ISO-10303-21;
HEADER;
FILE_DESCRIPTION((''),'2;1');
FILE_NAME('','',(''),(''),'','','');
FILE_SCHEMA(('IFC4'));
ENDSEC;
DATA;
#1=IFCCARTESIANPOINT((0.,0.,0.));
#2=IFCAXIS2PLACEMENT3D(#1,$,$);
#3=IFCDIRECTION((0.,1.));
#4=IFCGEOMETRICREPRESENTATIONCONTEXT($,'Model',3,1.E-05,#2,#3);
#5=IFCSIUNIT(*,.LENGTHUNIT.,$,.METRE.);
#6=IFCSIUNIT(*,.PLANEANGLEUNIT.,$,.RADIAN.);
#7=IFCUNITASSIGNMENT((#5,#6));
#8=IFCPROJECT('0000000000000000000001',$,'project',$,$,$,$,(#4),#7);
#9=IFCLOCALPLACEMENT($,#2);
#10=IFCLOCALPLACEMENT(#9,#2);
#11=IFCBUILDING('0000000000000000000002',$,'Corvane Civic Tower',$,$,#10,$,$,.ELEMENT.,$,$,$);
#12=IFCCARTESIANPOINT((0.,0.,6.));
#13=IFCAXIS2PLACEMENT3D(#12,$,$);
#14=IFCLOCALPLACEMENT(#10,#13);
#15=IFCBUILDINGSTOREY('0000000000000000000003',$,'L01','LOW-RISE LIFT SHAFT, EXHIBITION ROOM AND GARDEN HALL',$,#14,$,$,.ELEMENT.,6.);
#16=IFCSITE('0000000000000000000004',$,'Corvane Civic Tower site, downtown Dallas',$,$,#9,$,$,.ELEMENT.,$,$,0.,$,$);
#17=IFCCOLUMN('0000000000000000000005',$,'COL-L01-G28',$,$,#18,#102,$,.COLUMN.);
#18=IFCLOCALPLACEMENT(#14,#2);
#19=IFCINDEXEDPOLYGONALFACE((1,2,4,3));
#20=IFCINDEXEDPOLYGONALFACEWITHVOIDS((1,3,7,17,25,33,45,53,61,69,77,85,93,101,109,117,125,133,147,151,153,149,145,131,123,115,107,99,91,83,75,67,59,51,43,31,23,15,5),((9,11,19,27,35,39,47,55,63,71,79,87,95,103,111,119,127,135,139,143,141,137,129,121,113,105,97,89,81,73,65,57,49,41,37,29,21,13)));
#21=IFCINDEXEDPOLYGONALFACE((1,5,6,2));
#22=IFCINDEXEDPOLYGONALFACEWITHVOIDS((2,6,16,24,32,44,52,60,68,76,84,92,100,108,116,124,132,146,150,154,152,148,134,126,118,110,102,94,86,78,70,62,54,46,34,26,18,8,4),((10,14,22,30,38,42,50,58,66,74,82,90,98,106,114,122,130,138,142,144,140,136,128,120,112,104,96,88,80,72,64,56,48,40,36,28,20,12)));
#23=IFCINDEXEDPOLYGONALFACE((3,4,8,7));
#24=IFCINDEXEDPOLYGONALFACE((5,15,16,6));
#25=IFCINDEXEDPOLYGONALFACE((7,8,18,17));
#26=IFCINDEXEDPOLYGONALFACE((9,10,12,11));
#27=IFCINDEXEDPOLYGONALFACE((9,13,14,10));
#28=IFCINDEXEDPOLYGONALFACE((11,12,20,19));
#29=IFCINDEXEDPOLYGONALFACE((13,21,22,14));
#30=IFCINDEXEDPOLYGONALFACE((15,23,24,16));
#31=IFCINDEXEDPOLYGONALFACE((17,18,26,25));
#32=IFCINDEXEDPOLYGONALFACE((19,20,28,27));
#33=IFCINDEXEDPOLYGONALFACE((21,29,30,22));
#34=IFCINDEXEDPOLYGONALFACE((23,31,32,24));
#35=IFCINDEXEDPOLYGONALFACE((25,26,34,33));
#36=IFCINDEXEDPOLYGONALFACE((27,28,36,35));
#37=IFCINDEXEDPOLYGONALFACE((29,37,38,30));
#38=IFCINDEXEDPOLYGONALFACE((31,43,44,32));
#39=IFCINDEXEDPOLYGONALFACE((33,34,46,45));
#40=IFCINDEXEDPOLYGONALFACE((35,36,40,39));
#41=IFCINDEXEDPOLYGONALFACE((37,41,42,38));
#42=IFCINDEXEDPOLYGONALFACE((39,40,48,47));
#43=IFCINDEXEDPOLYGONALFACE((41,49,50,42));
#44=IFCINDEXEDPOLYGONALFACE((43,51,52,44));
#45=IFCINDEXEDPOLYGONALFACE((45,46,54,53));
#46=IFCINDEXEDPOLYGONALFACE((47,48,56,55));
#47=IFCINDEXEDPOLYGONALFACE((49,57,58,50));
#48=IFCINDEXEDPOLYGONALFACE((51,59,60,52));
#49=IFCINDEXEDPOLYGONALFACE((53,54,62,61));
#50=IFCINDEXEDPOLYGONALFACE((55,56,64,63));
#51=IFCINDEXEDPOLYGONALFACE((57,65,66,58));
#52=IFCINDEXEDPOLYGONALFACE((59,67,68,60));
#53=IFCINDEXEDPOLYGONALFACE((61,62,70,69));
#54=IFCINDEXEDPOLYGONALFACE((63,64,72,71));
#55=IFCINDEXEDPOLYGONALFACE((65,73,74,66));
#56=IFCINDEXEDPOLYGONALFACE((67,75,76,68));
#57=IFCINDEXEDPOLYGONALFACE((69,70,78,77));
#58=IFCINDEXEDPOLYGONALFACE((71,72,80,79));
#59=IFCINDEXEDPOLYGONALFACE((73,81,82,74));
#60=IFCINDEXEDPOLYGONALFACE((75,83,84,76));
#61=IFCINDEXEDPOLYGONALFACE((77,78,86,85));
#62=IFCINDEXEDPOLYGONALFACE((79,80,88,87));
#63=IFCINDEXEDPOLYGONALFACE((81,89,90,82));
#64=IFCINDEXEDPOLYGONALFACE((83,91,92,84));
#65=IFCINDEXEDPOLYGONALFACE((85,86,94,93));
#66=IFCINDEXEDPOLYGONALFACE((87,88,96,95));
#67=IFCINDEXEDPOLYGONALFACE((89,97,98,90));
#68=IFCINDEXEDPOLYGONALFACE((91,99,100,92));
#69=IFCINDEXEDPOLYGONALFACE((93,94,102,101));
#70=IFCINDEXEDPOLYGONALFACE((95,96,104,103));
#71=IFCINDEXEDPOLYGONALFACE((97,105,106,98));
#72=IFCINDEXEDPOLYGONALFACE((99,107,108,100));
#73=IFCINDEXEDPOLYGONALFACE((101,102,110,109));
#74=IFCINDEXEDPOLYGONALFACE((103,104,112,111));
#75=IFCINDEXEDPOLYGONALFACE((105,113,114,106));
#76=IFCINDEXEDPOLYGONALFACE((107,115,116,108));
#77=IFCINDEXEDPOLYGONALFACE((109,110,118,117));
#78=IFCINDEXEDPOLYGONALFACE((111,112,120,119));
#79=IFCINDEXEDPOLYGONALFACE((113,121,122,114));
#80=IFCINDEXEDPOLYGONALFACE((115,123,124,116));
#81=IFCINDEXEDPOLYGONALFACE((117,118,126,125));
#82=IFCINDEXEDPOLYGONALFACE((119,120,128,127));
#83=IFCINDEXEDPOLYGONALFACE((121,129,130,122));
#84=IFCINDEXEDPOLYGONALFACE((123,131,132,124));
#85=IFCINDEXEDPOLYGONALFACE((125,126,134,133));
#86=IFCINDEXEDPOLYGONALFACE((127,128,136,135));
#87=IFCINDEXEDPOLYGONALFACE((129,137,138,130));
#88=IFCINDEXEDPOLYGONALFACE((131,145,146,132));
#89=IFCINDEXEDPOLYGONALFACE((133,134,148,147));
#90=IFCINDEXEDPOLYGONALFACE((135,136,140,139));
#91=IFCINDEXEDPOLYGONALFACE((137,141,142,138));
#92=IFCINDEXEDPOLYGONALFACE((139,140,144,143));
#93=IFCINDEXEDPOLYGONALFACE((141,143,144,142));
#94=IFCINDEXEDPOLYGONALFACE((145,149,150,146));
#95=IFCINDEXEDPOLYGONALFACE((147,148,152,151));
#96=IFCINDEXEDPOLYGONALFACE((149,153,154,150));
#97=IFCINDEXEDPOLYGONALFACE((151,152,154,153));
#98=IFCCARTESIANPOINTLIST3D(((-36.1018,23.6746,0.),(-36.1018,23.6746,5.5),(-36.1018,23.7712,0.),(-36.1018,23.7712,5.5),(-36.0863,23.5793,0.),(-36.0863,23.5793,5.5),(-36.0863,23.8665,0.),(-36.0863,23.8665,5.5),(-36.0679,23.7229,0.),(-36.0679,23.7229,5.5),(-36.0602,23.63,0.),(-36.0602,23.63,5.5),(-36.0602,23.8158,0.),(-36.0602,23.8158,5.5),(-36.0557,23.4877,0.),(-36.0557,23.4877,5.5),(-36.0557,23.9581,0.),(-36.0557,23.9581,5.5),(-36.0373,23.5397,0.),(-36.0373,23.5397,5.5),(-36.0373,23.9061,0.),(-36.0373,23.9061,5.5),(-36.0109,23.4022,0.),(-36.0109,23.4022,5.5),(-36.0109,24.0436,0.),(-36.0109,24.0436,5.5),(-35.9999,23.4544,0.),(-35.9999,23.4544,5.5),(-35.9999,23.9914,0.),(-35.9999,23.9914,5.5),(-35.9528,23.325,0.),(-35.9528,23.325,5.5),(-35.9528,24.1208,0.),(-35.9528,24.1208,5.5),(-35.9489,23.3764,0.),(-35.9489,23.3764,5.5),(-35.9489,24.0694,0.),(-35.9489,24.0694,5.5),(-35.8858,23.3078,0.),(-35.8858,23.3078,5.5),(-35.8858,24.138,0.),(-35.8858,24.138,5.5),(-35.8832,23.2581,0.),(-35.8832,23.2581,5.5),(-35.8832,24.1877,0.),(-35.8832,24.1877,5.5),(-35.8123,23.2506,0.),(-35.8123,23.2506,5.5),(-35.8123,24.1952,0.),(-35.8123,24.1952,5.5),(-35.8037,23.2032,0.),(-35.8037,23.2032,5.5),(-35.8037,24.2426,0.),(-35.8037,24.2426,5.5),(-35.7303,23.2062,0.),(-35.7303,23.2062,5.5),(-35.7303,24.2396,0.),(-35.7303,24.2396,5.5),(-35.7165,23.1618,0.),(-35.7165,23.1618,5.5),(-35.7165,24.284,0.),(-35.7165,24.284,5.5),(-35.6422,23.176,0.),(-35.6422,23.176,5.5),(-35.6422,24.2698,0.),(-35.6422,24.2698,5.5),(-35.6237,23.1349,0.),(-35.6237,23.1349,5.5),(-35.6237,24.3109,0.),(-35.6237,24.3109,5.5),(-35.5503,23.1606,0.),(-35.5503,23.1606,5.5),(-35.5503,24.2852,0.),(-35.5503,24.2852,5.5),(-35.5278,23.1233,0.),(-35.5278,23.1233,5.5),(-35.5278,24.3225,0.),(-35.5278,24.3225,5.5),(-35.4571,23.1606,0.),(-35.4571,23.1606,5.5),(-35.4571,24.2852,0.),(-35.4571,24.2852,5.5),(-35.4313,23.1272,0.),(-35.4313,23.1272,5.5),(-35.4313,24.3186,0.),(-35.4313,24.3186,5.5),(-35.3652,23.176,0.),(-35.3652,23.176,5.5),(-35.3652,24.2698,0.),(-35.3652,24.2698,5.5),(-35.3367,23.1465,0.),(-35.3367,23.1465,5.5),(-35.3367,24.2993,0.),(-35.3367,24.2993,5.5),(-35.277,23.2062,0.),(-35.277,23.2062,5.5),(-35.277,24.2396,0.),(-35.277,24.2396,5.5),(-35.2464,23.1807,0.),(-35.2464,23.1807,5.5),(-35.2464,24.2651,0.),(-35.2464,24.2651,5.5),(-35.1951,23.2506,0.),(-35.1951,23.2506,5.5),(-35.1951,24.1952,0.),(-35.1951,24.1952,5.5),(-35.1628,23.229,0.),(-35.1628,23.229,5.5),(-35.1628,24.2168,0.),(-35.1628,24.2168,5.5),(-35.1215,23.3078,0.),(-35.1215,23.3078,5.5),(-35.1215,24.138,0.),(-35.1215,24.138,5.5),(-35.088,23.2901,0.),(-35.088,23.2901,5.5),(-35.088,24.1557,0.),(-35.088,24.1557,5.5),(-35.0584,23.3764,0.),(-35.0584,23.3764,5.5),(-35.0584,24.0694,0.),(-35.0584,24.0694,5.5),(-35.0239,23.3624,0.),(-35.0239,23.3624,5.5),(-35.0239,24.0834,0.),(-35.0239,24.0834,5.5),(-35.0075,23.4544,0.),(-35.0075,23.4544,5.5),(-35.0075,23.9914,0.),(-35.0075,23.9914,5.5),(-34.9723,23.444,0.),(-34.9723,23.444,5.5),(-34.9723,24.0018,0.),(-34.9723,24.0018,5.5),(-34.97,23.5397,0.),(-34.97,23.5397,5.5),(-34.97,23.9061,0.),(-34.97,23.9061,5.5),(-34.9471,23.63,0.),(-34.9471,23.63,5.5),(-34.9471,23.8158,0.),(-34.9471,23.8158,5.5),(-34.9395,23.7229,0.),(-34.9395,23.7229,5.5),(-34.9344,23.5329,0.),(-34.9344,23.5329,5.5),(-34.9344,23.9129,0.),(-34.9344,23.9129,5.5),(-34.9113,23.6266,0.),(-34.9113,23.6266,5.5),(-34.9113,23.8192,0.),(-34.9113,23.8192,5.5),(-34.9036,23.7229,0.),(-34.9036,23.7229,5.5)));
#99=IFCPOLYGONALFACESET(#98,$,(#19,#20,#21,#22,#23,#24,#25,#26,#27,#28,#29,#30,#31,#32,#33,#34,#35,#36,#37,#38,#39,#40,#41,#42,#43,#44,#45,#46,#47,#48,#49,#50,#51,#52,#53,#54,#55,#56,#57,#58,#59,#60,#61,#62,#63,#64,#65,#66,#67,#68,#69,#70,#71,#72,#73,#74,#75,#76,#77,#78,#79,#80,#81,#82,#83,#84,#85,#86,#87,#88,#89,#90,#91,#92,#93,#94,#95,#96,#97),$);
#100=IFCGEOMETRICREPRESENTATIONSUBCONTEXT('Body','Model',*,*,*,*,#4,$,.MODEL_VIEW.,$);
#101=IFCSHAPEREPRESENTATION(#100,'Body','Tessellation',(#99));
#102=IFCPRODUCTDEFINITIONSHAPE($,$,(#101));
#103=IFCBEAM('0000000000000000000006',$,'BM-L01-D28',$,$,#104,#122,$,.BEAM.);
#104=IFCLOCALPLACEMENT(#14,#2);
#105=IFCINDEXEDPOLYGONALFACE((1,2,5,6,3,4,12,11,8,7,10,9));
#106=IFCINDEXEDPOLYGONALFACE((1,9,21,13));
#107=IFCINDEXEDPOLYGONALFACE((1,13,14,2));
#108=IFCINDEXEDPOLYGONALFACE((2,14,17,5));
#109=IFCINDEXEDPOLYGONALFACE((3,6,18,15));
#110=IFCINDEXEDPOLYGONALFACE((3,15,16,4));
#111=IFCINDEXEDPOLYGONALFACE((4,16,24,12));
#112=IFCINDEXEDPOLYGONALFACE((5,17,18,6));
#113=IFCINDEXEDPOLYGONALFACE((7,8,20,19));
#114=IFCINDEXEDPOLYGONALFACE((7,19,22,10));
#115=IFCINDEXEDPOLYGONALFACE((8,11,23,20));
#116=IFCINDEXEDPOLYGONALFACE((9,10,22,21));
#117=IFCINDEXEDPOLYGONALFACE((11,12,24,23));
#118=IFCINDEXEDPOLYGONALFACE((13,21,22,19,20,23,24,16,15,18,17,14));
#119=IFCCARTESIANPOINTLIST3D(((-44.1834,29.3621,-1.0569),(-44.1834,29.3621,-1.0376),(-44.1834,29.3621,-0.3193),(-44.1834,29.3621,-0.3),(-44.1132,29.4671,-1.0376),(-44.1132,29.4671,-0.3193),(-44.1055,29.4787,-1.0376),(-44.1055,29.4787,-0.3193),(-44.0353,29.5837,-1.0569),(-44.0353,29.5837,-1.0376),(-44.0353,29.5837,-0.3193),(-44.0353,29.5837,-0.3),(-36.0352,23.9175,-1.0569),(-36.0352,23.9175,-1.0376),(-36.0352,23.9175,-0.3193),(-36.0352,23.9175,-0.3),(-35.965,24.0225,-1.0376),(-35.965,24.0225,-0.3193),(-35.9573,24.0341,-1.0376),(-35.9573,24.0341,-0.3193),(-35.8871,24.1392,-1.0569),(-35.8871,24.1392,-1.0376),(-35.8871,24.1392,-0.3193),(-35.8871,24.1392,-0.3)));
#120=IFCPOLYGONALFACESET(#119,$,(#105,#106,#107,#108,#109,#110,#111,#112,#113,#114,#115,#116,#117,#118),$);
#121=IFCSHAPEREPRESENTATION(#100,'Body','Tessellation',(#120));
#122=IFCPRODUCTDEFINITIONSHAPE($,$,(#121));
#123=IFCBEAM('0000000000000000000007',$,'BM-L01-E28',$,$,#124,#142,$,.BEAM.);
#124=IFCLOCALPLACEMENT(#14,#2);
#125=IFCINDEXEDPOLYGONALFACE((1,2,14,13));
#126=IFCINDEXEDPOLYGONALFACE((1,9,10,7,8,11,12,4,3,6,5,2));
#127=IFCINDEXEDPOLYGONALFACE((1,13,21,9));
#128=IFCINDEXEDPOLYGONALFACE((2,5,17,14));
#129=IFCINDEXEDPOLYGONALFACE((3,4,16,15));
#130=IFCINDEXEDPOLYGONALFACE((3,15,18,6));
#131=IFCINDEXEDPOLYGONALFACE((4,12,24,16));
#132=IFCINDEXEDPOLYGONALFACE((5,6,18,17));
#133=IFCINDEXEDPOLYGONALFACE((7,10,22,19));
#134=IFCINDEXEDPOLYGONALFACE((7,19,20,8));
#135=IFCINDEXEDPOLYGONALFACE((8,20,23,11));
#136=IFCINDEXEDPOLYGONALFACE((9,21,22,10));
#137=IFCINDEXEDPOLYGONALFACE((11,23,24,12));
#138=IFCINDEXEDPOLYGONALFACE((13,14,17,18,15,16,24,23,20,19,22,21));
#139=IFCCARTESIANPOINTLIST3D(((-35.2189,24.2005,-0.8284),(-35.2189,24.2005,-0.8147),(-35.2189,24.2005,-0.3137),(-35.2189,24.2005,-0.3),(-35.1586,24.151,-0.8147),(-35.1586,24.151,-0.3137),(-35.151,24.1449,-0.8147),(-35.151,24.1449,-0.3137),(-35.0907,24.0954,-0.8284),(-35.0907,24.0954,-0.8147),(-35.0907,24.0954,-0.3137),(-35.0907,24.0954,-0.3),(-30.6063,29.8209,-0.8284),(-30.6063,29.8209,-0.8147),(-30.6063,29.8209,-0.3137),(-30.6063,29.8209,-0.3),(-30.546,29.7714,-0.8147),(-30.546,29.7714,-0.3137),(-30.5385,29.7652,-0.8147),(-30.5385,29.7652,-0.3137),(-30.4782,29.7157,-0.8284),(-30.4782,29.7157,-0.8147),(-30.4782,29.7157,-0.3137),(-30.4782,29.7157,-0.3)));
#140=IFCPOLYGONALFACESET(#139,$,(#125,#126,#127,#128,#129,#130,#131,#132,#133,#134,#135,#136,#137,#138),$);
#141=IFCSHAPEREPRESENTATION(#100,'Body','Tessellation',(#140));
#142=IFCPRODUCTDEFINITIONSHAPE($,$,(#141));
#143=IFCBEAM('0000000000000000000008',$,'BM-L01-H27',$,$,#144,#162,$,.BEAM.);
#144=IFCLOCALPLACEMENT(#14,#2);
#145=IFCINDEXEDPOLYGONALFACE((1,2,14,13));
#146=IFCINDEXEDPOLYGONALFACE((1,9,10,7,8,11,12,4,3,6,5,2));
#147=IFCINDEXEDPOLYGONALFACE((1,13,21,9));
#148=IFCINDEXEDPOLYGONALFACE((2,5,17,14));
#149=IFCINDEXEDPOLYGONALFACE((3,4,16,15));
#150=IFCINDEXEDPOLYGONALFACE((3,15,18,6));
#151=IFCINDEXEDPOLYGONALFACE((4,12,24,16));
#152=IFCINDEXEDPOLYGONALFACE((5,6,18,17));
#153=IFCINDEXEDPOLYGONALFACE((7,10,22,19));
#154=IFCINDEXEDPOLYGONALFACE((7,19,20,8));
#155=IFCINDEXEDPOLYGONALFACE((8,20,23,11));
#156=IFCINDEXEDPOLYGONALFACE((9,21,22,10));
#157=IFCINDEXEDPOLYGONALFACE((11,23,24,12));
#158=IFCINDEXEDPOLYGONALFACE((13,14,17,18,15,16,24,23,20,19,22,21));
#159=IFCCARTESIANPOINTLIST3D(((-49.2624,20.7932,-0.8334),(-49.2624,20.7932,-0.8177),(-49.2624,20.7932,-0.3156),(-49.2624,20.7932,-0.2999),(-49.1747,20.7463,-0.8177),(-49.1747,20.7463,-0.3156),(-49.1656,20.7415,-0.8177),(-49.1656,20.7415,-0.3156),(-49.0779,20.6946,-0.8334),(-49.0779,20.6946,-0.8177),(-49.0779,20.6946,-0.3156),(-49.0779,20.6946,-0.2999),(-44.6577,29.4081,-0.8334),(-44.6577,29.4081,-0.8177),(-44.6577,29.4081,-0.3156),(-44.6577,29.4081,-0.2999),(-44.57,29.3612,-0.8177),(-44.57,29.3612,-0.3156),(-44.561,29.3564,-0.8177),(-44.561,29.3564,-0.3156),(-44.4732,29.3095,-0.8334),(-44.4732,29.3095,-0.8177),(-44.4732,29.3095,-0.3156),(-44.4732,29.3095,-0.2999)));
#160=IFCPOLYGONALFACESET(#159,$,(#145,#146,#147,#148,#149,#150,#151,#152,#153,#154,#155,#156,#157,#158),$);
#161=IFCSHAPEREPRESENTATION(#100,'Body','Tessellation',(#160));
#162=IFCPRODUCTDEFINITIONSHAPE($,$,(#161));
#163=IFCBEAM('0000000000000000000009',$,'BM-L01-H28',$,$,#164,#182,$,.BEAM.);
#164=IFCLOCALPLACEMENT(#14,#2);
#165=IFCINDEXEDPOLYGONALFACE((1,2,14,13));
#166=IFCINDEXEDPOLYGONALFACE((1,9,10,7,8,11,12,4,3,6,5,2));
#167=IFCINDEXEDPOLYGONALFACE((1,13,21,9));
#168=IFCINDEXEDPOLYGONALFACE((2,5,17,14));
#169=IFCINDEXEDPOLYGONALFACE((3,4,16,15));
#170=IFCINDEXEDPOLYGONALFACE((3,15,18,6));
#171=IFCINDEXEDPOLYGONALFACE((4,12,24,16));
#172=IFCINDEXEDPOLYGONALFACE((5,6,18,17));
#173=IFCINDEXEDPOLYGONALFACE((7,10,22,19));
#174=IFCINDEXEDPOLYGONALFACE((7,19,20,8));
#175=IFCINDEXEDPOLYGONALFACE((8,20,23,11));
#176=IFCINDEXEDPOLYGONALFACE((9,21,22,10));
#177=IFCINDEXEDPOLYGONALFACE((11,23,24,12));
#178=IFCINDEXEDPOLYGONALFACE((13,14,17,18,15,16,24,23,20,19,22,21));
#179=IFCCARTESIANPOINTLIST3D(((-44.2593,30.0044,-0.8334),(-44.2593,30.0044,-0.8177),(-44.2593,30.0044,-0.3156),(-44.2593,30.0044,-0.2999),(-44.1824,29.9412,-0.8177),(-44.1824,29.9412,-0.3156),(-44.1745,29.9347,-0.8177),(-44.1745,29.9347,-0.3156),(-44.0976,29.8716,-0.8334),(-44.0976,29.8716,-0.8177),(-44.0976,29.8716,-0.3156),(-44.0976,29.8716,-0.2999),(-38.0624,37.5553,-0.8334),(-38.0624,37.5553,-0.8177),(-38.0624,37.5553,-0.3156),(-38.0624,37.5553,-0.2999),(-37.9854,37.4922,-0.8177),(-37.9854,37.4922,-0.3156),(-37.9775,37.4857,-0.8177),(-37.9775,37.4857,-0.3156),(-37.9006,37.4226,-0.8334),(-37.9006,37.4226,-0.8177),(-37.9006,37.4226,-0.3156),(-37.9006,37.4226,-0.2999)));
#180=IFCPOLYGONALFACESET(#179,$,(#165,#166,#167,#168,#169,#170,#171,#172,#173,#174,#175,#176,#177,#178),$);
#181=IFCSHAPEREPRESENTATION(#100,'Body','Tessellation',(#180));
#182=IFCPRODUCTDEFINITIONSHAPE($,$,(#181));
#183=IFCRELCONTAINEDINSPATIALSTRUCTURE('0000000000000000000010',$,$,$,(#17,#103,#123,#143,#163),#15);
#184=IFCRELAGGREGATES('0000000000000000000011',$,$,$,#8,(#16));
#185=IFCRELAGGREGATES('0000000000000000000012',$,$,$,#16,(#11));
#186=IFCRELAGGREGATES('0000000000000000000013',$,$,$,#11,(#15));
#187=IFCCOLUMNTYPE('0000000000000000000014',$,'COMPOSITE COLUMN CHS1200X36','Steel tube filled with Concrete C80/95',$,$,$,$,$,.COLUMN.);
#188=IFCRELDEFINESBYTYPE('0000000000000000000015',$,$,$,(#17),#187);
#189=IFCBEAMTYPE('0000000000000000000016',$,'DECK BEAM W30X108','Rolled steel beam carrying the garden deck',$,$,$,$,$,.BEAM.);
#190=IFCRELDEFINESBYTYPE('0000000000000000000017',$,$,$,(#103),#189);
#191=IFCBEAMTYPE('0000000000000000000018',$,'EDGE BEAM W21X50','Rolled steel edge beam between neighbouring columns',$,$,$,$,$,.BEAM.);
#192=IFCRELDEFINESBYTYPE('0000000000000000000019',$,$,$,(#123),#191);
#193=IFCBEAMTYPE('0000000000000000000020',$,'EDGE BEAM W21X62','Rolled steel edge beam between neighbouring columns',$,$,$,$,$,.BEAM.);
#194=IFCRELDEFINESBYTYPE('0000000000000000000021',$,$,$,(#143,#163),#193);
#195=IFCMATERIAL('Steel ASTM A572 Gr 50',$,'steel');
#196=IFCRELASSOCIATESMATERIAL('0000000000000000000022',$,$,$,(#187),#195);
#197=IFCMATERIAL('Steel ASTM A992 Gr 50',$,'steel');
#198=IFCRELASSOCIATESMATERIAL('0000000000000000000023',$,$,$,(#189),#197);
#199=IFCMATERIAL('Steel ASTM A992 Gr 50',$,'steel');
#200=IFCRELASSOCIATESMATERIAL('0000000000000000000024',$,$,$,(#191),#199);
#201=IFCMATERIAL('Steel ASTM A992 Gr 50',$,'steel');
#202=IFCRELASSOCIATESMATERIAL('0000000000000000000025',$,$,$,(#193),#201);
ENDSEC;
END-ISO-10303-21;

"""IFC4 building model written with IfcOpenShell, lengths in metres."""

from ifc_helpers import new_model, si_unit, direction, frame, origin, origin_2d, place, context, subcontext, project, spatial, hollow_circle, i_section, extrude, material, material_profile, profile_set, type_object, element, save


model = new_model("IFC4")

# Units and contexts
model_context = context("Model", 3, precision=1e-05, world=origin(), true_north=direction((0.0, 1.0)))
body_context = subcontext(model_context, "Body", "Model", "MODEL_VIEW")
ifc_project = project(units=[si_unit("LENGTHUNIT", "METRE"), si_unit("PLANEANGLEUNIT", "RADIAN")], contexts=[model_context])

# Site, building, storey
site_placement = place(None, origin())
site = spatial("IfcSite", under=ifc_project, at=site_placement, Name="Corvane Civic Tower site, downtown Dallas", CompositionType="ELEMENT", RefElevation=0.0)
building_placement = place(site_placement, origin())
building = spatial("IfcBuilding", under=site, at=building_placement, Name="Corvane Civic Tower", CompositionType="ELEMENT")
storey_placement = place(building_placement, frame((0.0, 0.0, 6.0)))
storey = spatial("IfcBuildingStorey", under=building, at=storey_placement, Name="L01", Description="LOW-RISE LIFT SHAFT, EXHIBITION ROOM AND GARDEN HALL", CompositionType="ELEMENT", Elevation=6.0)

# Column
ifc_material_1 = material(Name="Steel ASTM A572 Gr 50", Category="steel")
ifc_material_profile_1 = material_profile(ifc_material_1, hollow_circle(Radius=0.6001, WallThickness=0.0359, at=origin_2d()), Name="CHS1200X36")
ifc_profile_set_1 = profile_set([ifc_material_profile_1], Name="Steel ASTM A572 Gr 50")
column_type = type_object("IfcColumnType", Name="COMPOSITE COLUMN CHS1200X36", Description="Steel tube filled with Concrete C80/95", PredefinedType="COLUMN", material=ifc_profile_set_1)
column_placement = place(storey_placement, frame((-35.5037, 23.7229, 0.0), z_axis=(0.0, 0.0, 1.0), x_axis=(1.0, 0.0, 0.0)))
element("IfcColumn", 1, at=column_placement, inside=storey, type_object=column_type, Name="COL-L01-G28", PredefinedType="COLUMN", context=body_context, shape_type="SweptSolid", body=[
    extrude(hollow_circle(Radius=0.6001, WallThickness=0.0359, at=origin_2d()), origin(), (0.0, 0.0, 1.0), 5.5),
])

# Beams
ifc_material_2 = material(Name="Steel ASTM A992 Gr 50", Category="steel")
ifc_material_profile_2 = material_profile(ifc_material_2, i_section(OverallWidth=0.2666, OverallDepth=0.7568, WebThickness=0.0139, FlangeThickness=0.0193, at=origin_2d()), Name="W30X108")
ifc_profile_set_2 = profile_set([ifc_material_profile_2], Name="Steel ASTM A992 Gr 50")
beam_type_1 = type_object("IfcBeamType", Name="DECK BEAM W30X108", Description="Rolled steel beam carrying the garden deck", PredefinedType="BEAM", material=ifc_profile_set_2)
beam_1_placement = place(storey_placement, frame((-35.9612, 24.0283, -0.6785), z_axis=(-0.831463, 0.555579, 0.0), x_axis=(-0.555579, -0.831463, 0.0)))
element("IfcBeam", 2, at=beam_1_placement, inside=storey, type_object=beam_type_1, Name="BM-L01-D28", PredefinedType="BEAM", context=body_context, shape_type="SweptSolid", body=[
    extrude(i_section(OverallWidth=0.2666, OverallDepth=0.7568, WebThickness=0.0139, FlangeThickness=0.0193, at=origin_2d()), origin(), (0.0, 0.0, 1.0), 9.7998),
])
ifc_material_3 = material(Name="Steel ASTM A992 Gr 50", Category="steel")
ifc_material_profile_3 = material_profile(ifc_material_3, i_section(OverallWidth=0.1658, OverallDepth=0.5283, WebThickness=0.0098, FlangeThickness=0.0137, at=origin_2d()), Name="W21X50")
ifc_profile_set_3 = profile_set([ifc_material_profile_3], Name="Steel ASTM A992 Gr 50")
beam_type_2 = type_object("IfcBeamType", Name="EDGE BEAM W21X50", Description="Rolled steel edge beam between neighbouring columns", PredefinedType="BEAM", material=ifc_profile_set_3)
beam_2_placement = place(storey_placement, frame((-35.1548, 24.1479, -0.5642), z_axis=(0.634396, 0.773008, 0.0), x_axis=(-0.773008, 0.634396, 0.0)))
element("IfcBeam", 3, at=beam_2_placement, inside=storey, type_object=beam_type_2, Name="BM-L01-E28", PredefinedType="BEAM", context=body_context, shape_type="SweptSolid", body=[
    extrude(i_section(OverallWidth=0.1658, OverallDepth=0.5283, WebThickness=0.0098, FlangeThickness=0.0137, at=origin_2d()), origin(), (0.0, 0.0, 1.0), 7.2708),
])
ifc_material_4 = material(Name="Steel ASTM A992 Gr 50", Category="steel")
ifc_material_profile_4 = material_profile(ifc_material_4, i_section(OverallWidth=0.2092, OverallDepth=0.5334, WebThickness=0.0103, FlangeThickness=0.0156, at=origin_2d()), Name="W21X62")
ifc_profile_set_4 = profile_set([ifc_material_profile_4], Name="Steel ASTM A992 Gr 50")
beam_type_3 = type_object("IfcBeamType", Name="EDGE BEAM W21X62", Description="Rolled steel edge beam between neighbouring columns", PredefinedType="BEAM", material=ifc_profile_set_4)
for number, where, z_axis, x_axis, name in (
    (4, (-49.1702, 20.7439, -0.5667), (0.471391, 0.881924, 0.0), (-0.881924, 0.471391, 0.0), "BM-L01-H27"),
    (5, (-44.1785, 29.938, -0.5667), (0.634397, 0.773008, 0.0), (-0.773008, 0.634397, 0.0), "BM-L01-H28"),
):
    element("IfcBeam", number, at=place(storey_placement, frame(where, z_axis=z_axis, x_axis=x_axis)), inside=storey, type_object=beam_type_3, Name=name, PredefinedType="BEAM", context=body_context, shape_type="SweptSolid", body=[
        extrude(i_section(OverallWidth=0.2092, OverallDepth=0.5334, WebThickness=0.0103, FlangeThickness=0.0156, at=origin_2d()), origin(), (0.0, 0.0, 1.0), 9.7683),
    ])

save(model, "model.ifc")
